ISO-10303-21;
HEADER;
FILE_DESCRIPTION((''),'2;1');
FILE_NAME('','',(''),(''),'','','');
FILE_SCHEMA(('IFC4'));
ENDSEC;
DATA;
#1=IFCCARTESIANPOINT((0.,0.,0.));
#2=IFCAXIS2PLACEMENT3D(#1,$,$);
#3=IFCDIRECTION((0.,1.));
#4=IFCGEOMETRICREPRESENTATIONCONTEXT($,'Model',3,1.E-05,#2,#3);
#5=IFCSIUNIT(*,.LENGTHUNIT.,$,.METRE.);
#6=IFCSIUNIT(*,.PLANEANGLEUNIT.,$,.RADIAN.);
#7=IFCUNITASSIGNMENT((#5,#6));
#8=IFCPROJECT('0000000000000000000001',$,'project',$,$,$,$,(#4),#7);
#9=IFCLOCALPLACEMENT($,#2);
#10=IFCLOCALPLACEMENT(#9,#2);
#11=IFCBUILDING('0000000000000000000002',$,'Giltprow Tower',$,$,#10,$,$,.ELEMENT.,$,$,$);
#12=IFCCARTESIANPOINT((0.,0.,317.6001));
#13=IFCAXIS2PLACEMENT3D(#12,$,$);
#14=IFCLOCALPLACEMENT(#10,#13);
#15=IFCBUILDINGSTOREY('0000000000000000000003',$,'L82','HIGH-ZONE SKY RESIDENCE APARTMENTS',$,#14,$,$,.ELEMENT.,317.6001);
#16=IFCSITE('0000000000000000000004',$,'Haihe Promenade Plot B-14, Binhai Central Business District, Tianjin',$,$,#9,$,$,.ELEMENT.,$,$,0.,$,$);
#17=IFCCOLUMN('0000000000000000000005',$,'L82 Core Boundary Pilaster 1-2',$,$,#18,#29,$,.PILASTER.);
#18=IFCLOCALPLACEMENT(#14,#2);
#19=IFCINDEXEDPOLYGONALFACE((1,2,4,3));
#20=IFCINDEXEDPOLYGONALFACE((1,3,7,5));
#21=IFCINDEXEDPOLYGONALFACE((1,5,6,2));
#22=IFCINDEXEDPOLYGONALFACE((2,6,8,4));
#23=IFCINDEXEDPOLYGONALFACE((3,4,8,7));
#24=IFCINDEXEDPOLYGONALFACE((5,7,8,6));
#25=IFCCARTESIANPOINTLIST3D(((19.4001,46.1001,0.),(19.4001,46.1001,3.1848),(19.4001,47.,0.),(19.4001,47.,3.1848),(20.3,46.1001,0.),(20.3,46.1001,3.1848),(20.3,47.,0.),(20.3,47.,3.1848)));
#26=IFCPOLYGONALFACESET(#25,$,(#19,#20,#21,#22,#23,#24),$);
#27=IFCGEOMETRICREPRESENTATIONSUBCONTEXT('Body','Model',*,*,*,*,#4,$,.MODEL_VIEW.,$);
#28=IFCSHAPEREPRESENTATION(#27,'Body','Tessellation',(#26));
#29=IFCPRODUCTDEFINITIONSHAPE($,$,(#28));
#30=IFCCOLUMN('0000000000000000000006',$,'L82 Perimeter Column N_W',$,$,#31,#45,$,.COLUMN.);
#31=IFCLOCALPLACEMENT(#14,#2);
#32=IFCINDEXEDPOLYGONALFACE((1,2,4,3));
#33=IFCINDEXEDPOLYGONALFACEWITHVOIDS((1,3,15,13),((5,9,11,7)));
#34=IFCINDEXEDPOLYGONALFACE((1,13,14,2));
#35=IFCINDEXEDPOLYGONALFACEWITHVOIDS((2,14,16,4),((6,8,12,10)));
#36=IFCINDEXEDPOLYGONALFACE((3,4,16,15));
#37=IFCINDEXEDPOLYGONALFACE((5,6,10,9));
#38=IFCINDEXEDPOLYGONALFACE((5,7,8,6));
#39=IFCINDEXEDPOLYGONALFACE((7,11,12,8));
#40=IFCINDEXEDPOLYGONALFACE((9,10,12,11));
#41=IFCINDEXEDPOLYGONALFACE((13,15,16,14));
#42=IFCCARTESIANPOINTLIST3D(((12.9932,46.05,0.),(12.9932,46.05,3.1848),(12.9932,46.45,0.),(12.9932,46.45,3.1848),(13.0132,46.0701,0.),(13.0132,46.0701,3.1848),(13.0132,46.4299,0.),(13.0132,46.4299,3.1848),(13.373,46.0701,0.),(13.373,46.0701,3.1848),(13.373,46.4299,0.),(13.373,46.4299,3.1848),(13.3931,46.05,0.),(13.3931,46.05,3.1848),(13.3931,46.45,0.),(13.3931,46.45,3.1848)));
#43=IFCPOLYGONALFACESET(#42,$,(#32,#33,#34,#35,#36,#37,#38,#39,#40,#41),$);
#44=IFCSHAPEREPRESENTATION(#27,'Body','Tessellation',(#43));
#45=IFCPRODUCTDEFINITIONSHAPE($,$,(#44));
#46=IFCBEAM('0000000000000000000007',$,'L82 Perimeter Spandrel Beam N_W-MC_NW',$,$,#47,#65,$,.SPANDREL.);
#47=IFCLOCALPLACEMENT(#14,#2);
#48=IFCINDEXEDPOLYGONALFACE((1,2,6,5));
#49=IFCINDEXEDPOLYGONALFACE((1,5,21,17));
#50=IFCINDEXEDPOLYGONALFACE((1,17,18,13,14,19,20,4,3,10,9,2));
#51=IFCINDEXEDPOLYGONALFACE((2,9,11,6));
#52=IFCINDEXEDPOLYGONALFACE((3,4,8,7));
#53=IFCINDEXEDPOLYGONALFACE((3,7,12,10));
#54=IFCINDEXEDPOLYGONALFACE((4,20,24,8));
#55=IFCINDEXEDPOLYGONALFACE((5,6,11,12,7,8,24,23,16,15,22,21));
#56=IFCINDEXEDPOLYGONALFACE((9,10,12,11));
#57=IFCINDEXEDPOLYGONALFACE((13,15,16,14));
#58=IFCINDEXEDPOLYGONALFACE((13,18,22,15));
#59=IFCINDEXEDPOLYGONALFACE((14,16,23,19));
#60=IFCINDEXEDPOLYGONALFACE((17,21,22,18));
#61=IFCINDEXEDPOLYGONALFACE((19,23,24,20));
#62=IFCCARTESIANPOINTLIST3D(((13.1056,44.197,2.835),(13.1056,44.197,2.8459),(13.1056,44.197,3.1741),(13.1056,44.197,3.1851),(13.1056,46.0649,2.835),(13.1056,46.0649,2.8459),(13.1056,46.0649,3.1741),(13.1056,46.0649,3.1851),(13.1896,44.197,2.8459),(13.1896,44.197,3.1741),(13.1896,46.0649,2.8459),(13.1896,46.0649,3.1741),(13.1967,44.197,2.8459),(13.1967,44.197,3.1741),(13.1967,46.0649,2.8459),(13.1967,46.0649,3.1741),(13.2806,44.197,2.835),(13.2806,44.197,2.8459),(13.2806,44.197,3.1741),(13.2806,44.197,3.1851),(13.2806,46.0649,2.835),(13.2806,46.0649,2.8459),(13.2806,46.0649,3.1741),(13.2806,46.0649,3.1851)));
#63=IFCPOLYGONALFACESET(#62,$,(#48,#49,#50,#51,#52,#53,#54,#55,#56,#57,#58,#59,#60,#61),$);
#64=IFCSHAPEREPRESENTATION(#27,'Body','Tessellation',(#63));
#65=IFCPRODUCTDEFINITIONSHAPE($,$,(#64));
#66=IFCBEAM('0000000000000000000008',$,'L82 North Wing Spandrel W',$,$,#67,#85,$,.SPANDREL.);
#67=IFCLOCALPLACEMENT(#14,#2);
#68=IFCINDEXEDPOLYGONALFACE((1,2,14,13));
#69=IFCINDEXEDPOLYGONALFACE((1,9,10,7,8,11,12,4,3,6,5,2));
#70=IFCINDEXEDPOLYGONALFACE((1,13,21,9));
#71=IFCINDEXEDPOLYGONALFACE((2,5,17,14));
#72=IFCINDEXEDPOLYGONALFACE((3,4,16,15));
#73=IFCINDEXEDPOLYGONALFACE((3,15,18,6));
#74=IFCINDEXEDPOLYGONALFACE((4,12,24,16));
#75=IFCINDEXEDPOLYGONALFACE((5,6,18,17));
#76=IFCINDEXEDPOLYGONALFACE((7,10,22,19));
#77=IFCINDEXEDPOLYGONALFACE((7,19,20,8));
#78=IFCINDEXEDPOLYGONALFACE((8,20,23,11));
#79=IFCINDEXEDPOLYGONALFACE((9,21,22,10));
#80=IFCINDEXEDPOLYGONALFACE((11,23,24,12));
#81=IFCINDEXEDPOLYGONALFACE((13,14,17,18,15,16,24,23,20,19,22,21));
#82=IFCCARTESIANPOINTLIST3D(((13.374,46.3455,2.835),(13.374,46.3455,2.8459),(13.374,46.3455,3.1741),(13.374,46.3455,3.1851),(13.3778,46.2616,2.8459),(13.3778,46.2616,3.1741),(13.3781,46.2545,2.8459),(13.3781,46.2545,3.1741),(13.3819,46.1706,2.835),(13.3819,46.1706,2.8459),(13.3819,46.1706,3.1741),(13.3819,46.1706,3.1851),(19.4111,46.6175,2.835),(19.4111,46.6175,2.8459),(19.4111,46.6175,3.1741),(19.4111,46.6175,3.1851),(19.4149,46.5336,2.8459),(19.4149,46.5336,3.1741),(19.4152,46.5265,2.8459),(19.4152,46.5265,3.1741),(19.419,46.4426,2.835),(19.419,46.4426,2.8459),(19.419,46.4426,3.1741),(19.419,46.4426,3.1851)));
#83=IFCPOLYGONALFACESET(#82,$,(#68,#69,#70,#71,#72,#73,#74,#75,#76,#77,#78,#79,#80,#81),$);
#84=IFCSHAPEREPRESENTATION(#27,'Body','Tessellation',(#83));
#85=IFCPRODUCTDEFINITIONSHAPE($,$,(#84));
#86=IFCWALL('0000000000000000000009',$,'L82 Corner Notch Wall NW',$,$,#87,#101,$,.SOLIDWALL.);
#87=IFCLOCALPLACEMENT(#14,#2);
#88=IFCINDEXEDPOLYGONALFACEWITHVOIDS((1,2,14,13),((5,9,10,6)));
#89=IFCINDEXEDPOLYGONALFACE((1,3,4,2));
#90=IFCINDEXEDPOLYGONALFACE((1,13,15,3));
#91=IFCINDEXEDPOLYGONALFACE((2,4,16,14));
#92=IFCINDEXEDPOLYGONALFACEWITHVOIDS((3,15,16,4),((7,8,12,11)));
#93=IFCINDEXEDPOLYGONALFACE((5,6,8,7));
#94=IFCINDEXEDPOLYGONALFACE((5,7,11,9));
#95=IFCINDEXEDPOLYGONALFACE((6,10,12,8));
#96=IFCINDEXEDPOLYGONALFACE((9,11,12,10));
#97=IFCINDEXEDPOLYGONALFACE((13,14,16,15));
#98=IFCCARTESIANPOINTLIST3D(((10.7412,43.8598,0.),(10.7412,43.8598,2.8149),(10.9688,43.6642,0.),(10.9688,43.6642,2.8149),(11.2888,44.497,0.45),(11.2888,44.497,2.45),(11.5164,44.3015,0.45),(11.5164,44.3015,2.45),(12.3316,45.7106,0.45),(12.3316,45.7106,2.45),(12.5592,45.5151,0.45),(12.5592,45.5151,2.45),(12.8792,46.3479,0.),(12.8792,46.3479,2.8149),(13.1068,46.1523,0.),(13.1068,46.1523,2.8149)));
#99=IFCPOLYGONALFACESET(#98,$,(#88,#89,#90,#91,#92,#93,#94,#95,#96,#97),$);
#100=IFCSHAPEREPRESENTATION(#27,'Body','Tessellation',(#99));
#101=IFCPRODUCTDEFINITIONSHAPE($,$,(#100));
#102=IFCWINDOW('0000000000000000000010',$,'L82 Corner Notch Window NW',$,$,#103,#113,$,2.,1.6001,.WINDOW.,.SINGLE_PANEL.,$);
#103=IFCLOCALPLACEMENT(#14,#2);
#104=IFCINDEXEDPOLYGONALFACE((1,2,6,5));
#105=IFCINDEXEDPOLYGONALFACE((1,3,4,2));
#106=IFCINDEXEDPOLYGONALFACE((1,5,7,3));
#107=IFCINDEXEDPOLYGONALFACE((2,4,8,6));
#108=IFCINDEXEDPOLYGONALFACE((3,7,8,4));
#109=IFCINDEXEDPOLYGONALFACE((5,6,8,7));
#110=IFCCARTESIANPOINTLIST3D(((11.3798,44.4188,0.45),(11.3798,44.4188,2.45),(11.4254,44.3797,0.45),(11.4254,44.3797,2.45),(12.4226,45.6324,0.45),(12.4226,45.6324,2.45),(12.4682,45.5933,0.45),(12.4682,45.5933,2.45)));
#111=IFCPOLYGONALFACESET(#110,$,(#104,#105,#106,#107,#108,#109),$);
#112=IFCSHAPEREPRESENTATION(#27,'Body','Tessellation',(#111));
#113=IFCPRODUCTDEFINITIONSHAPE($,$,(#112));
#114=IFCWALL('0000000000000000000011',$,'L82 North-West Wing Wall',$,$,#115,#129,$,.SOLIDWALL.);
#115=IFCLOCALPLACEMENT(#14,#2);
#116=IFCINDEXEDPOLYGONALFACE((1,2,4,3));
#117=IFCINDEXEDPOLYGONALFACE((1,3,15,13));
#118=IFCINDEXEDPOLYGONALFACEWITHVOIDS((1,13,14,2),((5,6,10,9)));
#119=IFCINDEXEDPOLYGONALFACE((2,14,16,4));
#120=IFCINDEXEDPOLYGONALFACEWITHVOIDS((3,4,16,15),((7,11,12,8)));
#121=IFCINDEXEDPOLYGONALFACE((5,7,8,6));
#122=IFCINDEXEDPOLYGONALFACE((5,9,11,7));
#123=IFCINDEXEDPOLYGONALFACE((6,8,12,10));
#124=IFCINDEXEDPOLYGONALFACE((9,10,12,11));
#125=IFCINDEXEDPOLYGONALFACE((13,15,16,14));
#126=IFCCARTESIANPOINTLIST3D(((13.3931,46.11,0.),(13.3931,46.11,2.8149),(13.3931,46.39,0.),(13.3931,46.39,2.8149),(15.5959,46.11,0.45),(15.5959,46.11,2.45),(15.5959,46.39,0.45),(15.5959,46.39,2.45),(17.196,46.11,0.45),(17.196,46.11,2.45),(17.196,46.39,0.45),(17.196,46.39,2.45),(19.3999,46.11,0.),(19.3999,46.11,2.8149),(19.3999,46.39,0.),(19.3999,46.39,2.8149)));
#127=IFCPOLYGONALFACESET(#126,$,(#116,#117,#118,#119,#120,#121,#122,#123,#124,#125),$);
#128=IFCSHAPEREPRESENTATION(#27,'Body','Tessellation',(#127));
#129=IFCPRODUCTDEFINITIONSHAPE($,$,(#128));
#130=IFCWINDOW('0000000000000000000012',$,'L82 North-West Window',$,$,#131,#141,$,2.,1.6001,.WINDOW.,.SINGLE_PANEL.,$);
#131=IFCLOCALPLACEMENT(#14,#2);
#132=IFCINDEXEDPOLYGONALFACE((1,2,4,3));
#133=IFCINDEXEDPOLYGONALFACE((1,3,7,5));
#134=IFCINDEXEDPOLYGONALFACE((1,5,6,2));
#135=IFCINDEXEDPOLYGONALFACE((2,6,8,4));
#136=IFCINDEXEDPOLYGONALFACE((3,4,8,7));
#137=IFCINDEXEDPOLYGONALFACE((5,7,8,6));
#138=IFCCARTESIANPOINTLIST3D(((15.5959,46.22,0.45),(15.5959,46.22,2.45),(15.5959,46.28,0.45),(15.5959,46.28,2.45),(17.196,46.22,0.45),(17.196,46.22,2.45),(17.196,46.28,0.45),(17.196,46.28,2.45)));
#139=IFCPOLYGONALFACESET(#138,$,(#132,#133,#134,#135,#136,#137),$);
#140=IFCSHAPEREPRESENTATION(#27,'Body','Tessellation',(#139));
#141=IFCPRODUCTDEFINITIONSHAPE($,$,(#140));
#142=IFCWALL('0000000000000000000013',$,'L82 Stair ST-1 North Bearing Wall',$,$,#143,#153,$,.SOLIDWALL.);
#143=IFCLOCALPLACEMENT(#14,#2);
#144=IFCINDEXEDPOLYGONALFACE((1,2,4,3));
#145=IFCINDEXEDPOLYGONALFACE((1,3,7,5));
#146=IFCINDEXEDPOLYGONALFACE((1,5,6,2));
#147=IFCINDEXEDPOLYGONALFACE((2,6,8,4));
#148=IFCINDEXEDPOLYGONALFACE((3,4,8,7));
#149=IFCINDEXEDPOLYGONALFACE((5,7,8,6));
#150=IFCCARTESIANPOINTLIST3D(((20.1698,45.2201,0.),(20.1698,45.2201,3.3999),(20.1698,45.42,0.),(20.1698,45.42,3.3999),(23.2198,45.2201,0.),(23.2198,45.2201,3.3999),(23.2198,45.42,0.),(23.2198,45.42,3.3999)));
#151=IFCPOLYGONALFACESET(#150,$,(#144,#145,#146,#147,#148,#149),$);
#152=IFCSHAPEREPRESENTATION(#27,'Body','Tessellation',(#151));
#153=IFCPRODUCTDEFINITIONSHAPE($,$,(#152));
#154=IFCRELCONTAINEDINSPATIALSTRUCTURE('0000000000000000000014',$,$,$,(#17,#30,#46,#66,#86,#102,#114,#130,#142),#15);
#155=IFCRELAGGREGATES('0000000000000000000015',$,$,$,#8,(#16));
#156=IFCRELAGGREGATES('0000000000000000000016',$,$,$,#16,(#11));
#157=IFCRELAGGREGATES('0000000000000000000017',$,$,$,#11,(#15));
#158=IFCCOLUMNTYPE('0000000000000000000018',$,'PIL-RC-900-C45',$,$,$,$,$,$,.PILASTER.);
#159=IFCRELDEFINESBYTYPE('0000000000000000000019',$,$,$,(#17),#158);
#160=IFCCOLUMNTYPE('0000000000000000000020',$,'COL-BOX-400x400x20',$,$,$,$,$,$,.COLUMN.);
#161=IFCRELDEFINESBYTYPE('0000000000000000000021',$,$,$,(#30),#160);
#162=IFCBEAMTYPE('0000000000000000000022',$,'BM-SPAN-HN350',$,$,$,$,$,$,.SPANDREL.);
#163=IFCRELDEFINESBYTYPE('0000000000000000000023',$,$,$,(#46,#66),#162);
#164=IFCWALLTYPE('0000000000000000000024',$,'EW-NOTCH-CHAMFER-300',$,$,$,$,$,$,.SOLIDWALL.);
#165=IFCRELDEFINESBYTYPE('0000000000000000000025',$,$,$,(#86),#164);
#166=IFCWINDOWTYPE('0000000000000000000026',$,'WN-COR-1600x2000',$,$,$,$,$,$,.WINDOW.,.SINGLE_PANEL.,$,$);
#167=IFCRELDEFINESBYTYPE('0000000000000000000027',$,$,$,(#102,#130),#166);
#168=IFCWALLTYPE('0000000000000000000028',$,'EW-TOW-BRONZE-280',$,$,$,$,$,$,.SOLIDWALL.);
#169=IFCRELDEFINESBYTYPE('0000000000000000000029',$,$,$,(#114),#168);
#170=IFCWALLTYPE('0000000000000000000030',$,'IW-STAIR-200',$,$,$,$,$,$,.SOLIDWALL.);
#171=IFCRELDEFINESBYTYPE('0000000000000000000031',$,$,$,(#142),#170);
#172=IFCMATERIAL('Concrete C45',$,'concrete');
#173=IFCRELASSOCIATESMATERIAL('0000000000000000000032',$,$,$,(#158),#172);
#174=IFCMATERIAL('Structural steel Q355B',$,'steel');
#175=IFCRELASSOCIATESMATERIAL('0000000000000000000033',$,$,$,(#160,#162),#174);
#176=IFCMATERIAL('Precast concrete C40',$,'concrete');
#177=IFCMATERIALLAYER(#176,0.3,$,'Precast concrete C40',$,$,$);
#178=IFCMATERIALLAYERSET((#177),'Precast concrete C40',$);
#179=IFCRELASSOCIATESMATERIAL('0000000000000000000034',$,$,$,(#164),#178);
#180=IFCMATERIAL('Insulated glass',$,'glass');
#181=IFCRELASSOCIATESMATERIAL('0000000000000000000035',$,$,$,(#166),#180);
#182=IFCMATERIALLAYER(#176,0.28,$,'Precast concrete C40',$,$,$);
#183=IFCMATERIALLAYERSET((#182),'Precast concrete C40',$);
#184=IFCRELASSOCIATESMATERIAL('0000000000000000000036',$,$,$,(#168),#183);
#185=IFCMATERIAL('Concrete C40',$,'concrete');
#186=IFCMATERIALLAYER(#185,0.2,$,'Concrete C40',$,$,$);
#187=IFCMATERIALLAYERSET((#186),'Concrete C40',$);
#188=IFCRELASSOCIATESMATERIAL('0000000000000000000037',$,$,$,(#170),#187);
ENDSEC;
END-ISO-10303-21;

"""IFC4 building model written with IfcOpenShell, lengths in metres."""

from ifc_helpers import new_model, si_unit, direction, frame, frame_2d, origin, origin_2d, place, context, subcontext, project, spatial, rectangle, hollow_rectangle, i_section, extrude, source, transform, mapped, material, layer, layer_set, material_profile, profile_set, type_object, element, fill, save


model = new_model("IFC4")

# Units and contexts
model_context = context("Model", 3, precision=1e-05, world=origin(), true_north=direction((0.0, 1.0)))
body_context = subcontext(model_context, "Body", "Model", "MODEL_VIEW")
ifc_project = project(units=[si_unit("LENGTHUNIT", "METRE"), si_unit("PLANEANGLEUNIT", "RADIAN")], contexts=[model_context])

# Site, building, storey
site_placement = place(None, origin())
site = spatial("IfcSite", under=ifc_project, at=site_placement, Name="Haihe Promenade Plot B-14, Binhai Central Business District, Tianjin", CompositionType="ELEMENT", RefElevation=0.0)
building_placement = place(site_placement, origin())
building = spatial("IfcBuilding", under=site, at=building_placement, Name="Giltprow Tower", CompositionType="ELEMENT")
storey_placement = place(building_placement, frame((0.0, 0.0, 317.6001)))
storey = spatial("IfcBuildingStorey", under=building, at=storey_placement, Name="L82", Description="HIGH-ZONE SKY RESIDENCE APARTMENTS", CompositionType="ELEMENT", Elevation=317.6001)

# Columns
ifc_material_1 = material(Name="Concrete C45", Category="concrete")
ifc_material_profile_1 = material_profile(ifc_material_1, rectangle(XDim=0.8999, YDim=0.8999, at=origin_2d()), Name="RC 900x900")
ifc_profile_set_1 = profile_set([ifc_material_profile_1], Name="Concrete C45")
column_type_1 = type_object("IfcColumnType", Name="PIL-RC-900-C45", PredefinedType="PILASTER", material=ifc_profile_set_1)
shared_shape_1 = source(origin(), body_context, "Body", "SweptSolid", [
    extrude(rectangle(XDim=0.8999, YDim=0.8999, at=origin_2d()), origin(), (0.0, 0.0, 1.0), 3.1848),
])
column_1_placement = place(storey_placement, frame((19.8501, 46.55, 0.0), z_axis=(0.0, 0.0, 1.0), x_axis=(1.0, 0.0, 0.0)))
element("IfcColumn", 1, at=column_1_placement, inside=storey, type_object=column_type_1, Name="L82 Core Boundary Pilaster 1-2", PredefinedType="PILASTER", context=body_context, shape_type="MappedRepresentation", body=[
    mapped(shared_shape_1, transform((0.0, 0.0, 0.0), x_axis=(1.0, 0.0, 0.0), y_axis=(0.0, 1.0, 0.0), z_axis=(0.0, 0.0, 1.0), scale=1.0)),
])
ifc_material_2 = material(Name="Structural steel Q355B", Category="steel")
ifc_material_profile_2 = material_profile(ifc_material_2, hollow_rectangle(XDim=0.3999, YDim=0.3999, WallThickness=0.02, at=origin_2d()), Name="BOX 400x400x20")
ifc_profile_set_2 = profile_set([ifc_material_profile_2], Name="Structural steel Q355B")
column_type_2 = type_object("IfcColumnType", Name="COL-BOX-400x400x20", PredefinedType="COLUMN", material=ifc_profile_set_2)
shared_shape_2 = source(origin(), body_context, "Body", "SweptSolid", [
    extrude(hollow_rectangle(XDim=0.3999, YDim=0.3999, WallThickness=0.02, at=origin_2d()), origin(), (0.0, 0.0, 1.0), 3.1848),
])
column_2_placement = place(storey_placement, frame((13.1931, 46.25, 0.0), z_axis=(0.0, 0.0, 1.0), x_axis=(1.0, 0.0, 0.0)))
element("IfcColumn", 2, at=column_2_placement, inside=storey, type_object=column_type_2, Name="L82 Perimeter Column N_W", PredefinedType="COLUMN", context=body_context, shape_type="MappedRepresentation", body=[
    mapped(shared_shape_2, transform((0.0, 0.0, 0.0), x_axis=(1.0, 0.0, 0.0), y_axis=(0.0, 1.0, 0.0), z_axis=(0.0, 0.0, 1.0), scale=1.0)),
])

# Beams
ifc_material_profile_3 = material_profile(ifc_material_2, i_section(OverallWidth=0.175, OverallDepth=0.3501, WebThickness=0.0071, FlangeThickness=0.011, at=origin_2d()), Name="HN 350x175x7x11")
ifc_profile_set_3 = profile_set([ifc_material_profile_3], Name="Structural steel Q355B")
beam_type = type_object("IfcBeamType", Name="BM-SPAN-HN350", PredefinedType="SPANDREL", material=ifc_profile_set_3)
shared_shape_3 = source(origin(), body_context, "Body", "SweptSolid", [
    extrude(i_section(OverallWidth=0.175, OverallDepth=0.3501, WebThickness=0.0071, FlangeThickness=0.011, at=origin_2d()), origin(), (0.0, 0.0, 1.0), 1.8679),
])
beam_1_placement = place(storey_placement, frame((13.1931, 46.0649, 3.01), z_axis=(0.0, -1.0, 0.0), x_axis=(1.0, 0.0, 0.0)))
element("IfcBeam", 3, at=beam_1_placement, inside=storey, type_object=beam_type, Name="L82 Perimeter Spandrel Beam N_W-MC_NW", PredefinedType="SPANDREL", context=body_context, shape_type="MappedRepresentation", body=[
    mapped(shared_shape_3, transform((0.0, 0.0, 0.0), x_axis=(1.0, 0.0, 0.0), y_axis=(0.0, 1.0, 0.0), z_axis=(0.0, 0.0, 1.0), scale=1.0)),
])
shared_shape_4 = source(origin(), body_context, "Body", "SweptSolid", [
    extrude(i_section(OverallWidth=0.175, OverallDepth=0.3501, WebThickness=0.0071, FlangeThickness=0.011, at=origin_2d()), origin(), (0.0, 0.0, 1.0), 6.0432),
])
beam_2_placement = place(storey_placement, frame((13.3779, 46.2581, 3.01), z_axis=(0.998987, 0.045005, 0.0), x_axis=(-0.045005, 0.998987, 0.0)))
element("IfcBeam", 4, at=beam_2_placement, inside=storey, type_object=beam_type, Name="L82 North Wing Spandrel W", PredefinedType="SPANDREL", context=body_context, shape_type="MappedRepresentation", body=[
    mapped(shared_shape_4, transform((0.0, 0.0, 0.0), x_axis=(1.0, 0.0, 0.0), y_axis=(0.0, 1.0, 0.0), z_axis=(0.0, 0.0, 1.0), scale=1.0)),
])

# Walls, openings, windows
ifc_material_3 = material(Name="Precast concrete C40", Category="concrete")
ifc_layer_1 = layer(ifc_material_3, 0.3, Name="Precast concrete C40")
ifc_layer_set_1 = layer_set([ifc_layer_1], Name="Precast concrete C40")
wall_type_1 = type_object("IfcWallType", Name="EW-NOTCH-CHAMFER-300", PredefinedType="SOLIDWALL", material=ifc_layer_set_1)
wall_1_placement = place(storey_placement, frame((12.9929, 46.25, 0.0), z_axis=(0.0, 0.0, 1.0), x_axis=(-0.651729, -0.758452, 0.0)))
wall_1 = element("IfcWall", 5, at=wall_1_placement, inside=storey, type_object=wall_type_1, Name="L82 Corner Notch Wall NW", PredefinedType="SOLIDWALL", context=body_context, shape_type="SweptSolid", body=[
    extrude(rectangle(XDim=3.2805, YDim=0.3, at=frame_2d((1.6401, 0.0))), origin(), (0.0, 0.0, 1.0), 2.8149),
])
opening_1_placement = place(wall_1_placement, frame((0.8401, 0.0, 0.45)))
opening_1 = element("IfcOpeningElement", 6, at=opening_1_placement, cuts=wall_1, PredefinedType="OPENING", context=body_context, shape_type="SweptSolid", body=[
    extrude(rectangle(XDim=1.6001, YDim=2.0, at=frame_2d((0.8, 1.0))), frame((0.0, 0.1599, 0.0), z_axis=(0.0, -1.0, 0.0), x_axis=(1.0, 0.0, 0.0)), (0.0, 0.0, 1.0), 0.3201),
])
ifc_material_4 = material(Name="Insulated glass", Category="glass")
window_type = type_object("IfcWindowType", Name="WN-COR-1600x2000", PartitioningType="SINGLE_PANEL", PredefinedType="WINDOW", material=ifc_material_4)
shared_shape_5 = source(origin(), body_context, "Body", "SweptSolid", [
    extrude(rectangle(XDim=1.6001, YDim=2.0, at=frame_2d((0.8, 1.0))), frame((0.0, 0.03, 0.0), z_axis=(0.0, -1.0, 0.0), x_axis=(1.0, 0.0, 0.0)), (0.0, 0.0, 1.0), 0.0601),
])
window_1_placement = place(opening_1_placement, origin())
window_1 = element("IfcWindow", 7, at=window_1_placement, inside=storey, type_object=window_type, Name="L82 Corner Notch Window NW", OverallHeight=2.0, OverallWidth=1.6001, PartitioningType="SINGLE_PANEL", PredefinedType="WINDOW", context=body_context, shape_type="MappedRepresentation", body=[
    mapped(shared_shape_5, transform((0.0, 0.0, 0.0), x_axis=(1.0, 0.0, 0.0), y_axis=(0.0, 1.0, 0.0), z_axis=(0.0, 0.0, 1.0), scale=1.0)),
])
fill(opening_1, window_1)
ifc_layer_2 = layer(ifc_material_3, 0.28, Name="Precast concrete C40")
ifc_layer_set_2 = layer_set([ifc_layer_2], Name="Precast concrete C40")
wall_type_2 = type_object("IfcWallType", Name="EW-TOW-BRONZE-280", PredefinedType="SOLIDWALL", material=ifc_layer_set_2)
wall_2_placement = place(storey_placement, frame((13.3931, 46.25, 0.0), z_axis=(0.0, 0.0, 1.0), x_axis=(1.0, 0.0, 0.0)))
wall_2 = element("IfcWall", 8, at=wall_2_placement, inside=storey, type_object=wall_type_2, Name="L82 North-West Wing Wall", PredefinedType="SOLIDWALL", context=body_context, shape_type="SweptSolid", body=[
    extrude(rectangle(XDim=6.0068, YDim=0.28, at=frame_2d((3.0034, 0.0))), origin(), (0.0, 0.0, 1.0), 2.8149),
])
opening_2_placement = place(wall_2_placement, frame((2.2029, 0.0, 0.45)))
opening_2 = element("IfcOpeningElement", 9, at=opening_2_placement, cuts=wall_2, PredefinedType="OPENING", context=body_context, shape_type="SweptSolid", body=[
    extrude(rectangle(XDim=1.6001, YDim=2.0, at=frame_2d((0.8, 1.0))), frame((0.0, 0.1499, 0.0), z_axis=(0.0, -1.0, 0.0), x_axis=(1.0, 0.0, 0.0)), (0.0, 0.0, 1.0), 0.3),
])
window_2_placement = place(opening_2_placement, origin())
window_2 = element("IfcWindow", 10, at=window_2_placement, inside=storey, type_object=window_type, Name="L82 North-West Window", OverallHeight=2.0, OverallWidth=1.6001, PartitioningType="SINGLE_PANEL", PredefinedType="WINDOW", context=body_context, shape_type="MappedRepresentation", body=[
    mapped(shared_shape_5, transform((0.0, 0.0, 0.0), x_axis=(1.0, 0.0, 0.0), y_axis=(0.0, 1.0, 0.0), z_axis=(0.0, 0.0, 1.0), scale=1.0)),
])
fill(opening_2, window_2)

# Wall
ifc_material_5 = material(Name="Concrete C40", Category="concrete")
ifc_layer_3 = layer(ifc_material_5, 0.2, Name="Concrete C40")
ifc_layer_set_3 = layer_set([ifc_layer_3], Name="Concrete C40")
wall_type_3 = type_object("IfcWallType", Name="IW-STAIR-200", PredefinedType="SOLIDWALL", material=ifc_layer_set_3)
wall_3_placement = place(storey_placement, frame((20.1699, 45.3201, 0.0), z_axis=(0.0, 0.0, 1.0), x_axis=(1.0, 0.0, 0.0)))
element("IfcWall", 11, at=wall_3_placement, inside=storey, type_object=wall_type_3, Name="L82 Stair ST-1 North Bearing Wall", PredefinedType="SOLIDWALL", context=body_context, shape_type="SweptSolid", body=[
    extrude(rectangle(XDim=3.05, YDim=0.2, at=frame_2d((1.5249, 0.0))), origin(), (0.0, 0.0, 1.0), 3.3999),
])

save(model, "model.ifc")
